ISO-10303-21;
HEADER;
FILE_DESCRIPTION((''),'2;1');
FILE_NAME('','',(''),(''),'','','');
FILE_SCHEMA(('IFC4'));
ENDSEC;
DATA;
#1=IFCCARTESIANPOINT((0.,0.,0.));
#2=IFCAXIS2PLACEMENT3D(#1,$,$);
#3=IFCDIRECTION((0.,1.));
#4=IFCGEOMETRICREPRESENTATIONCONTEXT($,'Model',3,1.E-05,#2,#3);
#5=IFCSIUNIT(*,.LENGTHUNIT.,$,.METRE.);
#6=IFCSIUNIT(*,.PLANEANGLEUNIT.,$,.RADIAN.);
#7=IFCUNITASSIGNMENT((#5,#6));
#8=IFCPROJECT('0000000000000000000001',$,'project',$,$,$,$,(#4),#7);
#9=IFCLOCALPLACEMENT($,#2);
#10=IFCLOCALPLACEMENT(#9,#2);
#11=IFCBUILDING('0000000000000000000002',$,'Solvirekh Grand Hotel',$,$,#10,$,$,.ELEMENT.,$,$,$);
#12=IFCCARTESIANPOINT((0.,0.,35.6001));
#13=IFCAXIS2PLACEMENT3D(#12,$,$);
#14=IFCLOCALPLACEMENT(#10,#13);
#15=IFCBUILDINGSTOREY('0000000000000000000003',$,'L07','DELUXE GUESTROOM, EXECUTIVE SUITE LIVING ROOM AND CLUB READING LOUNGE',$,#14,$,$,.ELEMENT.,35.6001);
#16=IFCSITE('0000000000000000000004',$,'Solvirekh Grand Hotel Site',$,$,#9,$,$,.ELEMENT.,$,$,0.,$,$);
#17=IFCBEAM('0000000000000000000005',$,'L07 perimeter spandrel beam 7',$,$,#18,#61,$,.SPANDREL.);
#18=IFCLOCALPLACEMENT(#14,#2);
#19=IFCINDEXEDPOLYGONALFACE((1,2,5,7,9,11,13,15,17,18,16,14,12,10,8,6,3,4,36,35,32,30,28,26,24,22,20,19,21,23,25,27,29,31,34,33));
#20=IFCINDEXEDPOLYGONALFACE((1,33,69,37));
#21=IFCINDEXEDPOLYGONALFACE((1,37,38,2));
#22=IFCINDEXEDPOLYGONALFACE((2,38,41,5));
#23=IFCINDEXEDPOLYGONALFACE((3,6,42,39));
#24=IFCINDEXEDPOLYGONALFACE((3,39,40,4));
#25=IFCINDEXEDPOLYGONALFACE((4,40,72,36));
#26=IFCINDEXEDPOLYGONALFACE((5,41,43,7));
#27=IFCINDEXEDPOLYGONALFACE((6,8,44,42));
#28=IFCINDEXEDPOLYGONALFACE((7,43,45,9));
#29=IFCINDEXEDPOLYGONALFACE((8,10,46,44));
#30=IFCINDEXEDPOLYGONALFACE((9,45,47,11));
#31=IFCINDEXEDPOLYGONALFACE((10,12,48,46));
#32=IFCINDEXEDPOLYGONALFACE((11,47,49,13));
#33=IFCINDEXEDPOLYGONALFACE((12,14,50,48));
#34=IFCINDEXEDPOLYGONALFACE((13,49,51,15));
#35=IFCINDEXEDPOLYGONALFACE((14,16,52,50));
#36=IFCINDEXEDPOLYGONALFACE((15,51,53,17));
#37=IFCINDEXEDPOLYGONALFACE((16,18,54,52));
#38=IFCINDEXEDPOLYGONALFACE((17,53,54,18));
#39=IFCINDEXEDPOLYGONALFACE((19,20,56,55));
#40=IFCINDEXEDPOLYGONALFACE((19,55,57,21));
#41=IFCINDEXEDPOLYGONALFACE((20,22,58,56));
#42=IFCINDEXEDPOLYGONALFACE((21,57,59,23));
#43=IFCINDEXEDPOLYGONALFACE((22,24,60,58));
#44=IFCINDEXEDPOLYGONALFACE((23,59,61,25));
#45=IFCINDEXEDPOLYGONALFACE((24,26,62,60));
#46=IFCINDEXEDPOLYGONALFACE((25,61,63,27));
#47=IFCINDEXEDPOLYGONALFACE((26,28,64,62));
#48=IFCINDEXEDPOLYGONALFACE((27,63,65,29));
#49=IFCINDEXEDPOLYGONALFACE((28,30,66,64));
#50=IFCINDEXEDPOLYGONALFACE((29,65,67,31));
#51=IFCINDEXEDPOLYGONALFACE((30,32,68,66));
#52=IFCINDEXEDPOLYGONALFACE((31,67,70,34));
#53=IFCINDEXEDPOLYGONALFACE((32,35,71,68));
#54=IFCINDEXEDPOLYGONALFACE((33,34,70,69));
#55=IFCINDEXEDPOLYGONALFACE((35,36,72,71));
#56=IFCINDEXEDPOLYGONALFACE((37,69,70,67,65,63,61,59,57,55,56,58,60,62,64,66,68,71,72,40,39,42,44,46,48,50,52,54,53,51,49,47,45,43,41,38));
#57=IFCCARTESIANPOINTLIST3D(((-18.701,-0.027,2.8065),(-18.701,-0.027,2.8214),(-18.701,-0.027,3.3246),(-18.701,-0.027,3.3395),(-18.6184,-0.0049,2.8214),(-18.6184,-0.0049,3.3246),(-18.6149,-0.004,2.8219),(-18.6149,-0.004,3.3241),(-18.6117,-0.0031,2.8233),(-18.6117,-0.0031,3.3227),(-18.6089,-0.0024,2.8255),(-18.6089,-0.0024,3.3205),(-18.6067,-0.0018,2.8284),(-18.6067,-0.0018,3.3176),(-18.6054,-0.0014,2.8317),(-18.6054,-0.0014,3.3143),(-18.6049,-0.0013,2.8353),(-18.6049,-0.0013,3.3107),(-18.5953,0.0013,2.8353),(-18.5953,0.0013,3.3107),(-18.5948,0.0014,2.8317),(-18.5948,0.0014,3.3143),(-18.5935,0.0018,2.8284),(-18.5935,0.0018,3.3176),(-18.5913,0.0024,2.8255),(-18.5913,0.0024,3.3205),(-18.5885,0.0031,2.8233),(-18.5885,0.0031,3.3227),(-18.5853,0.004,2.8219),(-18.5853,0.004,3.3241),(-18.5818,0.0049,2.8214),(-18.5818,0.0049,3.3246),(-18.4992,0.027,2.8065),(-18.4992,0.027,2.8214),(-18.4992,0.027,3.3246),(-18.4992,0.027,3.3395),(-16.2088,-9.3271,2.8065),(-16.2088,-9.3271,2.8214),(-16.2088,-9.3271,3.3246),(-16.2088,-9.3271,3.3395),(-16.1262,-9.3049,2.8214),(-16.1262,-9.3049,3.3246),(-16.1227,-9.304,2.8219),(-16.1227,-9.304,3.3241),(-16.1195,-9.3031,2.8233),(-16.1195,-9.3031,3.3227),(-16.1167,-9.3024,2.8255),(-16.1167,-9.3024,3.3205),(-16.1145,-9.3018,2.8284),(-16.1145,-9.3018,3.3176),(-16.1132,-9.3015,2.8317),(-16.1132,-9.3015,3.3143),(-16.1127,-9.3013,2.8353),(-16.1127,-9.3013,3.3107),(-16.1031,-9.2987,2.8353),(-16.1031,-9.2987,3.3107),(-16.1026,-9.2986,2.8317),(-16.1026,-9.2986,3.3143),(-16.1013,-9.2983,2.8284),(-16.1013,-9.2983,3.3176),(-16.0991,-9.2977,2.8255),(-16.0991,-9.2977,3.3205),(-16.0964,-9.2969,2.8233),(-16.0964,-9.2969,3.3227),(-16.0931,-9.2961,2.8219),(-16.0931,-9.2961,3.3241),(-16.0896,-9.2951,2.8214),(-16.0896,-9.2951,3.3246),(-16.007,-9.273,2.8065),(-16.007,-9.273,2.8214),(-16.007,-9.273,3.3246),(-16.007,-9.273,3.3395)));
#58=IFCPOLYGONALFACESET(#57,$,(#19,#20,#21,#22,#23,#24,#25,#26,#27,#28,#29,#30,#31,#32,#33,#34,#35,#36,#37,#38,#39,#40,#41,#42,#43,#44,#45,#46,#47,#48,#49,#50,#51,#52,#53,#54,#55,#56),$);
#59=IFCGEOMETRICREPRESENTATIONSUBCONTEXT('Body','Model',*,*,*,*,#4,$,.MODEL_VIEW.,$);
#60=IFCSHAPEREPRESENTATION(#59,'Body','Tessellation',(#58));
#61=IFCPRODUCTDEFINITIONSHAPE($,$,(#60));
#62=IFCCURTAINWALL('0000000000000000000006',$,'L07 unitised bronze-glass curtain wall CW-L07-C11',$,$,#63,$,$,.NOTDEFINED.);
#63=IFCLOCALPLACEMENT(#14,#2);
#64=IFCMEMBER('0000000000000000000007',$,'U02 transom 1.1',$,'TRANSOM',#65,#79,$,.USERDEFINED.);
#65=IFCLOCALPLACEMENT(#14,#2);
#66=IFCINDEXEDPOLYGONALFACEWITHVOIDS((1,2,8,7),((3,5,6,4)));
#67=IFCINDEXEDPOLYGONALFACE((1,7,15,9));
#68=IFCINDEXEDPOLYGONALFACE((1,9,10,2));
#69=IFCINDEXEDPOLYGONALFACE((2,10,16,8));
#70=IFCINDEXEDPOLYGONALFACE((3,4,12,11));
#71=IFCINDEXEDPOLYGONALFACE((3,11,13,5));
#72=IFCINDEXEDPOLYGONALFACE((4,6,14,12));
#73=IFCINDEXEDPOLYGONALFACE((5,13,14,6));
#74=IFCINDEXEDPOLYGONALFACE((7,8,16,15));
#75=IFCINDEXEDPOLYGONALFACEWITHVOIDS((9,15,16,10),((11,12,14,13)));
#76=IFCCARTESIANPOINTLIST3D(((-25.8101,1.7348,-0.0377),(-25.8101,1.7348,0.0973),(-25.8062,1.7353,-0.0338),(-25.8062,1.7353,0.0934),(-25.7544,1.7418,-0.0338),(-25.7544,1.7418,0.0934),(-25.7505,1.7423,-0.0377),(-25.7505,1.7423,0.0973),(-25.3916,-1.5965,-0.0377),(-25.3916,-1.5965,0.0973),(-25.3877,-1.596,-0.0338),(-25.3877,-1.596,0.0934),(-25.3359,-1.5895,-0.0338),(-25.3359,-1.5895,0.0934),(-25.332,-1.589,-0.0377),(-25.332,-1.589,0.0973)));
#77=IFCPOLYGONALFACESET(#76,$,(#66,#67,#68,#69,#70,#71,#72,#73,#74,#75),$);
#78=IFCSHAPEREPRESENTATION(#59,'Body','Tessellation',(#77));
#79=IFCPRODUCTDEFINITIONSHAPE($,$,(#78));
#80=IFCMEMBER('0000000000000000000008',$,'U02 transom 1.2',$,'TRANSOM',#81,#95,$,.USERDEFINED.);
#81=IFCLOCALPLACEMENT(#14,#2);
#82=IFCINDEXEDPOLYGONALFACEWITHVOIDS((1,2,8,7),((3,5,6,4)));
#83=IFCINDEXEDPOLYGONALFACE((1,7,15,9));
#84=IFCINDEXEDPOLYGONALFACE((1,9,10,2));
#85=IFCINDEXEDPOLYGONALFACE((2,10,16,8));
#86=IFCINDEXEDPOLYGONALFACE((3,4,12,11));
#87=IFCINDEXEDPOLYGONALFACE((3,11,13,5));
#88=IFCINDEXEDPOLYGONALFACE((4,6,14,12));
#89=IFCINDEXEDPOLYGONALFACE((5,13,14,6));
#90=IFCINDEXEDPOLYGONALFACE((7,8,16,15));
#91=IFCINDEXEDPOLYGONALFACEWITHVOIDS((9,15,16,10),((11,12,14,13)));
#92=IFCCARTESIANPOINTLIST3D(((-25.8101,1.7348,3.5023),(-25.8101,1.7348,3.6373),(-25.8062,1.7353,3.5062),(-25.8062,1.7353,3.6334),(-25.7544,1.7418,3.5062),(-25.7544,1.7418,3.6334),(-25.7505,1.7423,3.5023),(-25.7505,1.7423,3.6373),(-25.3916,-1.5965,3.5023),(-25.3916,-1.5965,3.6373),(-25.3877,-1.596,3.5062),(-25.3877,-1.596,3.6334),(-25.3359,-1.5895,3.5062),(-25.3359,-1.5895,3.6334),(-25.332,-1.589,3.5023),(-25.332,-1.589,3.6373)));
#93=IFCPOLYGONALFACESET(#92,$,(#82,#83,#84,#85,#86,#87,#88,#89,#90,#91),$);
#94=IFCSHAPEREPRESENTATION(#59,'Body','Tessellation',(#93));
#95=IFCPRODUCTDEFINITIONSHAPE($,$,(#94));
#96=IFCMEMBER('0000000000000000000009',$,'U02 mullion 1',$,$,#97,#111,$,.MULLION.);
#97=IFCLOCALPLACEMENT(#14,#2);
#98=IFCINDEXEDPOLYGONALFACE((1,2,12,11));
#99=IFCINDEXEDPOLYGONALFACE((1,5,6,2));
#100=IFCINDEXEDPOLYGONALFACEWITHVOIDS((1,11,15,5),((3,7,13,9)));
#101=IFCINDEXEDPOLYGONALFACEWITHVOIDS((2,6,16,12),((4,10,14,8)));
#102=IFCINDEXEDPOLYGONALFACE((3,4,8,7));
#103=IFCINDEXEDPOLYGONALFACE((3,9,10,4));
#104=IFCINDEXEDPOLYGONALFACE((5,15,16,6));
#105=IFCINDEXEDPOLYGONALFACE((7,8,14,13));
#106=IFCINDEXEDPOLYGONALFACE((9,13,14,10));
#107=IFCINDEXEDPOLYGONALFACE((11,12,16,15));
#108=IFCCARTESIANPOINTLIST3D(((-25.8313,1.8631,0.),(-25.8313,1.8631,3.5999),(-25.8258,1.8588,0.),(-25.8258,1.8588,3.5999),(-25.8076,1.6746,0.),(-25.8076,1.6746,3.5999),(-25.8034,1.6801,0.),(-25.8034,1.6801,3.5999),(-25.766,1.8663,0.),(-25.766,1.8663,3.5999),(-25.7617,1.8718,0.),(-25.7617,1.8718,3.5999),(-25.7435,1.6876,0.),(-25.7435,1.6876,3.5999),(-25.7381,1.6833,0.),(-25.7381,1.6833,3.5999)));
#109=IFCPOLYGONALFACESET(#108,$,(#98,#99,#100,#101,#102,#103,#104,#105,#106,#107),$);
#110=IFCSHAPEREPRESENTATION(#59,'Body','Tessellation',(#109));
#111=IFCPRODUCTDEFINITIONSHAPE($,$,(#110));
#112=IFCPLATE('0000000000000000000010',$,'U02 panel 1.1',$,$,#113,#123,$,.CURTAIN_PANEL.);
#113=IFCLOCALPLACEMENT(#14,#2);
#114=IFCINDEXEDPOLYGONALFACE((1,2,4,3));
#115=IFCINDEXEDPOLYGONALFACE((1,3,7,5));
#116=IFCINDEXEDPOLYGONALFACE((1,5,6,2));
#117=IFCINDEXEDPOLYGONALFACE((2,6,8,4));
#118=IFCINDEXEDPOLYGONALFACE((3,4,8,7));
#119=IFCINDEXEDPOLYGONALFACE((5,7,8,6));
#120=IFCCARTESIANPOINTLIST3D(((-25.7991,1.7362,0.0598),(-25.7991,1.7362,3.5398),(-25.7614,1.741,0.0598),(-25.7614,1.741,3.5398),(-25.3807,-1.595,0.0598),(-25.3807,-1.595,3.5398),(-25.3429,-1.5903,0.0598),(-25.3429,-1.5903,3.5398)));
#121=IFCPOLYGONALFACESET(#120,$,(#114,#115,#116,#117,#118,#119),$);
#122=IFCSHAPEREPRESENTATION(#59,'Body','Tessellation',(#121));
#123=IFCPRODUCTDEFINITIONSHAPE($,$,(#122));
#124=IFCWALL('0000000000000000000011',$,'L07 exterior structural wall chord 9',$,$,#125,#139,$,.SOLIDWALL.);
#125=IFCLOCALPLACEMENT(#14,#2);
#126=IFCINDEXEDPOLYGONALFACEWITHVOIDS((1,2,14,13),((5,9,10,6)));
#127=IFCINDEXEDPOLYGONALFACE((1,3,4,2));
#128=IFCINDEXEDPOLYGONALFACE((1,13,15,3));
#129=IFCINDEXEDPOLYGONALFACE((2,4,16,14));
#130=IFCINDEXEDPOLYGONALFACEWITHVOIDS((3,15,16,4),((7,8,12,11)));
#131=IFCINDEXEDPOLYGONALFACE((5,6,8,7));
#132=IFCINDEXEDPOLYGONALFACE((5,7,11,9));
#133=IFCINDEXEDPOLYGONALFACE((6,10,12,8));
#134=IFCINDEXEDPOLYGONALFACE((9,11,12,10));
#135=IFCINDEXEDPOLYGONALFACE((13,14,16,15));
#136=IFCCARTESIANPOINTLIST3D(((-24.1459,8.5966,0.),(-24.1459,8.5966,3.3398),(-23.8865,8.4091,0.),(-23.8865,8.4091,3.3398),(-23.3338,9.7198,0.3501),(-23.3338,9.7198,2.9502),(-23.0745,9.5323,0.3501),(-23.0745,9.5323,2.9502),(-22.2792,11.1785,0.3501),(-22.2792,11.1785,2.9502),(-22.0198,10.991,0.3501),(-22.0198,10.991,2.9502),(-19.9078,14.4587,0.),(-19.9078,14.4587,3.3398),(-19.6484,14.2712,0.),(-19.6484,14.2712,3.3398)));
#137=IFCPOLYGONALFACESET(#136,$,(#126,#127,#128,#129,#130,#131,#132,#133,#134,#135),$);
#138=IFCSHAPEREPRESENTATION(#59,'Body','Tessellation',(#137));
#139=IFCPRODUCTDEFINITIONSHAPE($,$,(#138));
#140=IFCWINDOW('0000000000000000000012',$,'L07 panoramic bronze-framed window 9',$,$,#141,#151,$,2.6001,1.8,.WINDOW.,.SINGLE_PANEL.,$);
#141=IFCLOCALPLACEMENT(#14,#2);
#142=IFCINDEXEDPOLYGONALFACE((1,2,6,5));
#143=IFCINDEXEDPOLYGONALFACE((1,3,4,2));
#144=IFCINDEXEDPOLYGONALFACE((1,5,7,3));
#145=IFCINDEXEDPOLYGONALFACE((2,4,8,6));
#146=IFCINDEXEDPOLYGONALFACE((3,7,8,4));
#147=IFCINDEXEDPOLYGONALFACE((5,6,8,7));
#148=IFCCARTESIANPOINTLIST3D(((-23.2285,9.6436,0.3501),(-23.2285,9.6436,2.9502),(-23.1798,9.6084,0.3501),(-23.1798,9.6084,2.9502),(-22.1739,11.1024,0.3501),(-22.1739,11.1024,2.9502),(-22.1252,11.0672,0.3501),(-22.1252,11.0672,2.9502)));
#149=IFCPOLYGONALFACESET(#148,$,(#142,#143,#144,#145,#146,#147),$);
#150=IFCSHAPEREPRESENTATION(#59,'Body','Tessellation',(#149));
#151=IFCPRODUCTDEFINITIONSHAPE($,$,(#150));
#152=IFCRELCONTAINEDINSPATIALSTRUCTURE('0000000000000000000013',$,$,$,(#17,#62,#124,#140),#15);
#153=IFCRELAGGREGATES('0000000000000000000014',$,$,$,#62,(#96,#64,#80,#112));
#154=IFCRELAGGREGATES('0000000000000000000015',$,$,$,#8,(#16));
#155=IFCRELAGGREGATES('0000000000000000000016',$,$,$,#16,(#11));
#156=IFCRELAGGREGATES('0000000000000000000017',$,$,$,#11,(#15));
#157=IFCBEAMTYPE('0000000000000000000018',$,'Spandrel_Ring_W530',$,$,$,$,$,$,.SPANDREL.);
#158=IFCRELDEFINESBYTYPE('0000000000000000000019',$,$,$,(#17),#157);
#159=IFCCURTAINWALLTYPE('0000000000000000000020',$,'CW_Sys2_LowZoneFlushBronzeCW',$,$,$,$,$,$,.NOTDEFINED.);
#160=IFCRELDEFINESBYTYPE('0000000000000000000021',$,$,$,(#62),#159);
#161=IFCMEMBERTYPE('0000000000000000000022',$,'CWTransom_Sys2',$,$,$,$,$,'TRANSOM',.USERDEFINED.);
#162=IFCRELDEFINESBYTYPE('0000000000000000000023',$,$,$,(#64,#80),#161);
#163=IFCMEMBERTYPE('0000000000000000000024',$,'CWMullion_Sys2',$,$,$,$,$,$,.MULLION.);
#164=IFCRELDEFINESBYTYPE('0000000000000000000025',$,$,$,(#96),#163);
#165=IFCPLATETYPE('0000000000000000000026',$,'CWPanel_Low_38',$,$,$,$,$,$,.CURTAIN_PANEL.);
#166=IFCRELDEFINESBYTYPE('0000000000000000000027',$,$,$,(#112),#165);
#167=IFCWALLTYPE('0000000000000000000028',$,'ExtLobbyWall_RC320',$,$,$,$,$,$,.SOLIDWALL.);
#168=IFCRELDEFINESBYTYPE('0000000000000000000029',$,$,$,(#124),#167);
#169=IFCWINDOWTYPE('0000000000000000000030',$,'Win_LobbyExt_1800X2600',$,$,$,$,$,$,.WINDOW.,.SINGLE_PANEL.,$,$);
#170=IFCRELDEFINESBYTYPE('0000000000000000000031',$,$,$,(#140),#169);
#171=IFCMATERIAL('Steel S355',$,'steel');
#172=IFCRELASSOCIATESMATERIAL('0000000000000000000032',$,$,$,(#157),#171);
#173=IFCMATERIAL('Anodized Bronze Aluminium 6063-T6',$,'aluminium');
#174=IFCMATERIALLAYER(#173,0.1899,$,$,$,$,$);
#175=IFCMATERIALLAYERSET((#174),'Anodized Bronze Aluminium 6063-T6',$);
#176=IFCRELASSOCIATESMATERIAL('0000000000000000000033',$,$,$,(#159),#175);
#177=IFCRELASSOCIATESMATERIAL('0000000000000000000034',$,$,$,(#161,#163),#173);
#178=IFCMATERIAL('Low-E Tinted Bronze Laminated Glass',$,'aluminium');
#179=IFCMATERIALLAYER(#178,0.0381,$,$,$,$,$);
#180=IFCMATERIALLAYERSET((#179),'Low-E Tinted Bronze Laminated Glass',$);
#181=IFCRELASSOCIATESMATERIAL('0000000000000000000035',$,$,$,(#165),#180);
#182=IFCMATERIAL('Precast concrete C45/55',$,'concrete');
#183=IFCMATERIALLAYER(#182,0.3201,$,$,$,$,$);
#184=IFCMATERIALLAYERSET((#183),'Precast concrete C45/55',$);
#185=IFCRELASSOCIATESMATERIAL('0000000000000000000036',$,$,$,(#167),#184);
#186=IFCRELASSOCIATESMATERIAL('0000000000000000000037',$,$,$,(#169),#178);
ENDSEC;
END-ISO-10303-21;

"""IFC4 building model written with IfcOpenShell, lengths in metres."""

from ifc_helpers import new_model, si_unit, direction, frame, frame_2d, origin, origin_2d, place, context, subcontext, project, spatial, rectangle, hollow_rectangle, i_section, extrude, source, transform, mapped, material, layer, layer_set, material_profile, profile_set, type_object, element, fill, aggregate, save


model = new_model("IFC4")

# Units and contexts
model_context = context("Model", 3, precision=1e-05, world=origin(), true_north=direction((0.0, 1.0)))
body_context = subcontext(model_context, "Body", "Model", "MODEL_VIEW")
ifc_project = project(units=[si_unit("LENGTHUNIT", "METRE"), si_unit("PLANEANGLEUNIT", "RADIAN")], contexts=[model_context])

# Site, building, storey
site_placement = place(None, origin())
site = spatial("IfcSite", under=ifc_project, at=site_placement, Name="Solvirekh Grand Hotel Site", CompositionType="ELEMENT", RefElevation=0.0)
building_placement = place(site_placement, origin())
building = spatial("IfcBuilding", under=site, at=building_placement, Name="Solvirekh Grand Hotel", CompositionType="ELEMENT")
storey_placement = place(building_placement, frame((0.0, 0.0, 35.6001)))
storey = spatial("IfcBuildingStorey", under=building, at=storey_placement, Name="L07", Description="DELUXE GUESTROOM, EXECUTIVE SUITE LIVING ROOM AND CLUB READING LOUNGE", CompositionType="ELEMENT", Elevation=35.6001)

# Beam
ifc_material_1 = material(Name="Steel S355", Category="steel")
ifc_material_profile_1 = material_profile(ifc_material_1, i_section(OverallWidth=0.209, OverallDepth=0.533, WebThickness=0.01, FlangeThickness=0.0149, FilletRadius=0.0139, at=origin_2d()), Name="W530X92")
ifc_profile_set_1 = profile_set([ifc_material_profile_1], Name="Steel S355")
beam_type = type_object("IfcBeamType", Name="Spandrel_Ring_W530", PredefinedType="SPANDREL", material=ifc_profile_set_1)
beam_placement = place(storey_placement, frame((-18.6001, 0.0, 3.073), z_axis=(0.258843, -0.965919, 0.0), x_axis=(0.965919, 0.258843, 0.0)))
element("IfcBeam", 1, at=beam_placement, inside=storey, type_object=beam_type, Name="L07 perimeter spandrel beam 7", PredefinedType="SPANDREL", context=body_context, shape_type="SweptSolid", body=[
    extrude(i_section(OverallWidth=0.209, OverallDepth=0.533, WebThickness=0.01, FlangeThickness=0.0149, FilletRadius=0.0139, at=origin_2d()), origin(), (0.0, 0.0, 1.0), 9.6282),
])

# Curtain wall, members, plate
ifc_material_2 = material(Name="Anodized Bronze Aluminium 6063-T6", Category="aluminium")
ifc_layer_1 = layer(ifc_material_2, 0.1899)
ifc_layer_set_1 = layer_set([ifc_layer_1], Name="Anodized Bronze Aluminium 6063-T6")
curtain_wall_type = type_object("IfcCurtainWallType", Name="CW_Sys2_LowZoneFlushBronzeCW", PredefinedType="NOTDEFINED", material=ifc_layer_set_1)
curtain_wall_placement = place(storey_placement, origin())
curtain_wall = element("IfcCurtainWall", 2, at=curtain_wall_placement, inside=storey, type_object=curtain_wall_type, Name="L07 unitised bronze-glass curtain wall CW-L07-C11", PredefinedType="NOTDEFINED")
ifc_material_profile_2 = material_profile(ifc_material_2, hollow_rectangle(XDim=0.0601, YDim=0.135, WallThickness=0.0039, at=origin_2d()), Name="ALU RHS 135X60X4")
ifc_profile_set_2 = profile_set([ifc_material_profile_2], Name="Anodized Bronze Aluminium 6063-T6")
member_type_1 = type_object("IfcMemberType", Name="CWTransom_Sys2", ElementType="TRANSOM", PredefinedType="USERDEFINED", material=ifc_profile_set_2)
shared_shape_1 = source(origin(), body_context, "Body", "SweptSolid", [
    extrude(hollow_rectangle(XDim=0.0601, YDim=0.135, WallThickness=0.0039, at=origin_2d()), origin(), (0.0, 0.0, 1.0), 3.3574),
])
member_1_placement = place(storey_placement, frame((-25.7803, 1.7385, 0.0298), z_axis=(0.124634, -0.992203, 0.0), x_axis=(0.992203, 0.124634, 0.0)))
member_1 = element("IfcMember", 3, at=member_1_placement, type_object=member_type_1, Name="U02 transom 1.1", ObjectType="TRANSOM", PredefinedType="USERDEFINED", context=body_context, shape_type="MappedRepresentation", body=[
    mapped(shared_shape_1, transform((0.0, 0.0, 0.0), x_axis=(1.0, 0.0, 0.0), y_axis=(0.0, 1.0, 0.0), z_axis=(0.0, 0.0, 1.0), scale=1.0)),
])
member_2_placement = place(storey_placement, frame((-25.7803, 1.7385, 3.5698), z_axis=(0.124634, -0.992203, 0.0), x_axis=(0.992203, 0.124634, 0.0)))
member_2 = element("IfcMember", 4, at=member_2_placement, type_object=member_type_1, Name="U02 transom 1.2", ObjectType="TRANSOM", PredefinedType="USERDEFINED", context=body_context, shape_type="MappedRepresentation", body=[
    mapped(shared_shape_1, transform((0.0, 0.0, 0.0), x_axis=(1.0, 0.0, 0.0), y_axis=(0.0, 1.0, 0.0), z_axis=(0.0, 0.0, 1.0), scale=1.0)),
])
ifc_material_profile_3 = material_profile(ifc_material_2, hollow_rectangle(XDim=0.0701, YDim=0.1899, WallThickness=0.0049, at=origin_2d()), Name="ALU RHS 190X70X5")
ifc_profile_set_3 = profile_set([ifc_material_profile_3], Name="Anodized Bronze Aluminium 6063-T6")
member_type_2 = type_object("IfcMemberType", Name="CWMullion_Sys2", PredefinedType="MULLION", material=ifc_profile_set_3)
shared_shape_2 = source(origin(), body_context, "Body", "SweptSolid", [
    extrude(hollow_rectangle(XDim=0.0701, YDim=0.1899, WallThickness=0.0049, at=origin_2d()), origin(), (0.0, 0.0, 1.0), 3.5999),
])
member_3_placement = place(storey_placement, frame((-25.7847, 1.7732, 0.0), z_axis=(0.0, 0.0, 1.0), x_axis=(0.992204, 0.124621, 0.0)))
member_3 = element("IfcMember", 5, at=member_3_placement, type_object=member_type_2, Name="U02 mullion 1", PredefinedType="MULLION", context=body_context, shape_type="MappedRepresentation", body=[
    mapped(shared_shape_2, transform((0.0, 0.0, 0.0), x_axis=(1.0, 0.0, 0.0), y_axis=(0.0, 1.0, 0.0), z_axis=(0.0, 0.0, 1.0), scale=1.0)),
])
ifc_material_3 = material(Name="Low-E Tinted Bronze Laminated Glass", Category="aluminium")
ifc_layer_2 = layer(ifc_material_3, 0.0381)
ifc_layer_set_2 = layer_set([ifc_layer_2], Name="Low-E Tinted Bronze Laminated Glass")
plate_type = type_object("IfcPlateType", Name="CWPanel_Low_38", PredefinedType="CURTAIN_PANEL", material=ifc_layer_set_2)
shared_shape_3 = source(origin(), body_context, "Body", "SweptSolid", [
    extrude(rectangle(XDim=3.3574, YDim=0.0381, at=origin_2d()), origin(), (0.0, 0.0, 1.0), 3.48),
])
plate_placement = place(storey_placement, frame((-25.571, 0.073, 0.0598), z_axis=(0.0, 0.0, 1.0), x_axis=(0.124621, -0.992204, 0.0)))
plate = element("IfcPlate", 6, at=plate_placement, type_object=plate_type, Name="U02 panel 1.1", PredefinedType="CURTAIN_PANEL", context=body_context, shape_type="MappedRepresentation", body=[
    mapped(shared_shape_3, transform((0.0, 0.0, 0.0), x_axis=(1.0, 0.0, 0.0), y_axis=(0.0, 1.0, 0.0), z_axis=(0.0, 0.0, 1.0), scale=1.0)),
])
aggregate(curtain_wall, [member_3, member_1, member_2, plate])

# Wall, opening, window
ifc_material_4 = material(Name="Precast concrete C45/55", Category="concrete")
ifc_layer_3 = layer(ifc_material_4, 0.3201)
ifc_layer_set_3 = layer_set([ifc_layer_3], Name="Precast concrete C45/55")
wall_type_1 = type_object("IfcWallType", Name="ExtLobbyWall_RC320", PredefinedType="SOLIDWALL", material=ifc_layer_set_3)
wall_1_placement = place(storey_placement, frame((-24.0161, 8.5029, 0.0), z_axis=(0.0, 0.0, 1.0), x_axis=(0.585884, 0.810395, 0.0)))
wall_1 = element("IfcWall", 7, at=wall_1_placement, inside=storey, type_object=wall_type_1, Name="L07 exterior structural wall chord 9", PredefinedType="SOLIDWALL", context=body_context, shape_type="SweptSolid", body=[
    extrude(rectangle(XDim=7.2336, YDim=0.3201, at=frame_2d((3.6167, 0.0))), origin(), (0.0, 0.0, 1.0), 3.3398),
])
opening_1_placement = place(wall_1_placement, frame((1.386, 0.0, 0.3501)))
opening_1 = element("IfcOpeningElement", 8, at=opening_1_placement, cuts=wall_1, PredefinedType="OPENING", context=body_context, shape_type="SweptSolid", body=[
    extrude(rectangle(XDim=1.8, YDim=2.6001, at=frame_2d((0.8999, 1.3))), frame((0.0, 0.1699, 0.0), z_axis=(0.0, -1.0, 0.0), x_axis=(1.0, 0.0, 0.0)), (0.0, 0.0, 1.0), 0.3401),
])
window_type = type_object("IfcWindowType", Name="Win_LobbyExt_1800X2600", PartitioningType="SINGLE_PANEL", PredefinedType="WINDOW", material=ifc_material_3)
window_1_placement = place(opening_1_placement, origin())
window_1 = element("IfcWindow", 9, at=window_1_placement, inside=storey, type_object=window_type, Name="L07 panoramic bronze-framed window 9", OverallHeight=2.6001, OverallWidth=1.8, PartitioningType="SINGLE_PANEL", PredefinedType="WINDOW", context=body_context, shape_type="SweptSolid", body=[
    extrude(rectangle(XDim=1.8, YDim=2.6001, at=frame_2d((0.8999, 1.3))), frame((0.0, 0.03, 0.0), z_axis=(0.0, -1.0, 0.0), x_axis=(1.0, 0.0, 0.0)), (0.0, 0.0, 1.0), 0.0601),
])
fill(opening_1, window_1)

save(model, "model.ifc")
